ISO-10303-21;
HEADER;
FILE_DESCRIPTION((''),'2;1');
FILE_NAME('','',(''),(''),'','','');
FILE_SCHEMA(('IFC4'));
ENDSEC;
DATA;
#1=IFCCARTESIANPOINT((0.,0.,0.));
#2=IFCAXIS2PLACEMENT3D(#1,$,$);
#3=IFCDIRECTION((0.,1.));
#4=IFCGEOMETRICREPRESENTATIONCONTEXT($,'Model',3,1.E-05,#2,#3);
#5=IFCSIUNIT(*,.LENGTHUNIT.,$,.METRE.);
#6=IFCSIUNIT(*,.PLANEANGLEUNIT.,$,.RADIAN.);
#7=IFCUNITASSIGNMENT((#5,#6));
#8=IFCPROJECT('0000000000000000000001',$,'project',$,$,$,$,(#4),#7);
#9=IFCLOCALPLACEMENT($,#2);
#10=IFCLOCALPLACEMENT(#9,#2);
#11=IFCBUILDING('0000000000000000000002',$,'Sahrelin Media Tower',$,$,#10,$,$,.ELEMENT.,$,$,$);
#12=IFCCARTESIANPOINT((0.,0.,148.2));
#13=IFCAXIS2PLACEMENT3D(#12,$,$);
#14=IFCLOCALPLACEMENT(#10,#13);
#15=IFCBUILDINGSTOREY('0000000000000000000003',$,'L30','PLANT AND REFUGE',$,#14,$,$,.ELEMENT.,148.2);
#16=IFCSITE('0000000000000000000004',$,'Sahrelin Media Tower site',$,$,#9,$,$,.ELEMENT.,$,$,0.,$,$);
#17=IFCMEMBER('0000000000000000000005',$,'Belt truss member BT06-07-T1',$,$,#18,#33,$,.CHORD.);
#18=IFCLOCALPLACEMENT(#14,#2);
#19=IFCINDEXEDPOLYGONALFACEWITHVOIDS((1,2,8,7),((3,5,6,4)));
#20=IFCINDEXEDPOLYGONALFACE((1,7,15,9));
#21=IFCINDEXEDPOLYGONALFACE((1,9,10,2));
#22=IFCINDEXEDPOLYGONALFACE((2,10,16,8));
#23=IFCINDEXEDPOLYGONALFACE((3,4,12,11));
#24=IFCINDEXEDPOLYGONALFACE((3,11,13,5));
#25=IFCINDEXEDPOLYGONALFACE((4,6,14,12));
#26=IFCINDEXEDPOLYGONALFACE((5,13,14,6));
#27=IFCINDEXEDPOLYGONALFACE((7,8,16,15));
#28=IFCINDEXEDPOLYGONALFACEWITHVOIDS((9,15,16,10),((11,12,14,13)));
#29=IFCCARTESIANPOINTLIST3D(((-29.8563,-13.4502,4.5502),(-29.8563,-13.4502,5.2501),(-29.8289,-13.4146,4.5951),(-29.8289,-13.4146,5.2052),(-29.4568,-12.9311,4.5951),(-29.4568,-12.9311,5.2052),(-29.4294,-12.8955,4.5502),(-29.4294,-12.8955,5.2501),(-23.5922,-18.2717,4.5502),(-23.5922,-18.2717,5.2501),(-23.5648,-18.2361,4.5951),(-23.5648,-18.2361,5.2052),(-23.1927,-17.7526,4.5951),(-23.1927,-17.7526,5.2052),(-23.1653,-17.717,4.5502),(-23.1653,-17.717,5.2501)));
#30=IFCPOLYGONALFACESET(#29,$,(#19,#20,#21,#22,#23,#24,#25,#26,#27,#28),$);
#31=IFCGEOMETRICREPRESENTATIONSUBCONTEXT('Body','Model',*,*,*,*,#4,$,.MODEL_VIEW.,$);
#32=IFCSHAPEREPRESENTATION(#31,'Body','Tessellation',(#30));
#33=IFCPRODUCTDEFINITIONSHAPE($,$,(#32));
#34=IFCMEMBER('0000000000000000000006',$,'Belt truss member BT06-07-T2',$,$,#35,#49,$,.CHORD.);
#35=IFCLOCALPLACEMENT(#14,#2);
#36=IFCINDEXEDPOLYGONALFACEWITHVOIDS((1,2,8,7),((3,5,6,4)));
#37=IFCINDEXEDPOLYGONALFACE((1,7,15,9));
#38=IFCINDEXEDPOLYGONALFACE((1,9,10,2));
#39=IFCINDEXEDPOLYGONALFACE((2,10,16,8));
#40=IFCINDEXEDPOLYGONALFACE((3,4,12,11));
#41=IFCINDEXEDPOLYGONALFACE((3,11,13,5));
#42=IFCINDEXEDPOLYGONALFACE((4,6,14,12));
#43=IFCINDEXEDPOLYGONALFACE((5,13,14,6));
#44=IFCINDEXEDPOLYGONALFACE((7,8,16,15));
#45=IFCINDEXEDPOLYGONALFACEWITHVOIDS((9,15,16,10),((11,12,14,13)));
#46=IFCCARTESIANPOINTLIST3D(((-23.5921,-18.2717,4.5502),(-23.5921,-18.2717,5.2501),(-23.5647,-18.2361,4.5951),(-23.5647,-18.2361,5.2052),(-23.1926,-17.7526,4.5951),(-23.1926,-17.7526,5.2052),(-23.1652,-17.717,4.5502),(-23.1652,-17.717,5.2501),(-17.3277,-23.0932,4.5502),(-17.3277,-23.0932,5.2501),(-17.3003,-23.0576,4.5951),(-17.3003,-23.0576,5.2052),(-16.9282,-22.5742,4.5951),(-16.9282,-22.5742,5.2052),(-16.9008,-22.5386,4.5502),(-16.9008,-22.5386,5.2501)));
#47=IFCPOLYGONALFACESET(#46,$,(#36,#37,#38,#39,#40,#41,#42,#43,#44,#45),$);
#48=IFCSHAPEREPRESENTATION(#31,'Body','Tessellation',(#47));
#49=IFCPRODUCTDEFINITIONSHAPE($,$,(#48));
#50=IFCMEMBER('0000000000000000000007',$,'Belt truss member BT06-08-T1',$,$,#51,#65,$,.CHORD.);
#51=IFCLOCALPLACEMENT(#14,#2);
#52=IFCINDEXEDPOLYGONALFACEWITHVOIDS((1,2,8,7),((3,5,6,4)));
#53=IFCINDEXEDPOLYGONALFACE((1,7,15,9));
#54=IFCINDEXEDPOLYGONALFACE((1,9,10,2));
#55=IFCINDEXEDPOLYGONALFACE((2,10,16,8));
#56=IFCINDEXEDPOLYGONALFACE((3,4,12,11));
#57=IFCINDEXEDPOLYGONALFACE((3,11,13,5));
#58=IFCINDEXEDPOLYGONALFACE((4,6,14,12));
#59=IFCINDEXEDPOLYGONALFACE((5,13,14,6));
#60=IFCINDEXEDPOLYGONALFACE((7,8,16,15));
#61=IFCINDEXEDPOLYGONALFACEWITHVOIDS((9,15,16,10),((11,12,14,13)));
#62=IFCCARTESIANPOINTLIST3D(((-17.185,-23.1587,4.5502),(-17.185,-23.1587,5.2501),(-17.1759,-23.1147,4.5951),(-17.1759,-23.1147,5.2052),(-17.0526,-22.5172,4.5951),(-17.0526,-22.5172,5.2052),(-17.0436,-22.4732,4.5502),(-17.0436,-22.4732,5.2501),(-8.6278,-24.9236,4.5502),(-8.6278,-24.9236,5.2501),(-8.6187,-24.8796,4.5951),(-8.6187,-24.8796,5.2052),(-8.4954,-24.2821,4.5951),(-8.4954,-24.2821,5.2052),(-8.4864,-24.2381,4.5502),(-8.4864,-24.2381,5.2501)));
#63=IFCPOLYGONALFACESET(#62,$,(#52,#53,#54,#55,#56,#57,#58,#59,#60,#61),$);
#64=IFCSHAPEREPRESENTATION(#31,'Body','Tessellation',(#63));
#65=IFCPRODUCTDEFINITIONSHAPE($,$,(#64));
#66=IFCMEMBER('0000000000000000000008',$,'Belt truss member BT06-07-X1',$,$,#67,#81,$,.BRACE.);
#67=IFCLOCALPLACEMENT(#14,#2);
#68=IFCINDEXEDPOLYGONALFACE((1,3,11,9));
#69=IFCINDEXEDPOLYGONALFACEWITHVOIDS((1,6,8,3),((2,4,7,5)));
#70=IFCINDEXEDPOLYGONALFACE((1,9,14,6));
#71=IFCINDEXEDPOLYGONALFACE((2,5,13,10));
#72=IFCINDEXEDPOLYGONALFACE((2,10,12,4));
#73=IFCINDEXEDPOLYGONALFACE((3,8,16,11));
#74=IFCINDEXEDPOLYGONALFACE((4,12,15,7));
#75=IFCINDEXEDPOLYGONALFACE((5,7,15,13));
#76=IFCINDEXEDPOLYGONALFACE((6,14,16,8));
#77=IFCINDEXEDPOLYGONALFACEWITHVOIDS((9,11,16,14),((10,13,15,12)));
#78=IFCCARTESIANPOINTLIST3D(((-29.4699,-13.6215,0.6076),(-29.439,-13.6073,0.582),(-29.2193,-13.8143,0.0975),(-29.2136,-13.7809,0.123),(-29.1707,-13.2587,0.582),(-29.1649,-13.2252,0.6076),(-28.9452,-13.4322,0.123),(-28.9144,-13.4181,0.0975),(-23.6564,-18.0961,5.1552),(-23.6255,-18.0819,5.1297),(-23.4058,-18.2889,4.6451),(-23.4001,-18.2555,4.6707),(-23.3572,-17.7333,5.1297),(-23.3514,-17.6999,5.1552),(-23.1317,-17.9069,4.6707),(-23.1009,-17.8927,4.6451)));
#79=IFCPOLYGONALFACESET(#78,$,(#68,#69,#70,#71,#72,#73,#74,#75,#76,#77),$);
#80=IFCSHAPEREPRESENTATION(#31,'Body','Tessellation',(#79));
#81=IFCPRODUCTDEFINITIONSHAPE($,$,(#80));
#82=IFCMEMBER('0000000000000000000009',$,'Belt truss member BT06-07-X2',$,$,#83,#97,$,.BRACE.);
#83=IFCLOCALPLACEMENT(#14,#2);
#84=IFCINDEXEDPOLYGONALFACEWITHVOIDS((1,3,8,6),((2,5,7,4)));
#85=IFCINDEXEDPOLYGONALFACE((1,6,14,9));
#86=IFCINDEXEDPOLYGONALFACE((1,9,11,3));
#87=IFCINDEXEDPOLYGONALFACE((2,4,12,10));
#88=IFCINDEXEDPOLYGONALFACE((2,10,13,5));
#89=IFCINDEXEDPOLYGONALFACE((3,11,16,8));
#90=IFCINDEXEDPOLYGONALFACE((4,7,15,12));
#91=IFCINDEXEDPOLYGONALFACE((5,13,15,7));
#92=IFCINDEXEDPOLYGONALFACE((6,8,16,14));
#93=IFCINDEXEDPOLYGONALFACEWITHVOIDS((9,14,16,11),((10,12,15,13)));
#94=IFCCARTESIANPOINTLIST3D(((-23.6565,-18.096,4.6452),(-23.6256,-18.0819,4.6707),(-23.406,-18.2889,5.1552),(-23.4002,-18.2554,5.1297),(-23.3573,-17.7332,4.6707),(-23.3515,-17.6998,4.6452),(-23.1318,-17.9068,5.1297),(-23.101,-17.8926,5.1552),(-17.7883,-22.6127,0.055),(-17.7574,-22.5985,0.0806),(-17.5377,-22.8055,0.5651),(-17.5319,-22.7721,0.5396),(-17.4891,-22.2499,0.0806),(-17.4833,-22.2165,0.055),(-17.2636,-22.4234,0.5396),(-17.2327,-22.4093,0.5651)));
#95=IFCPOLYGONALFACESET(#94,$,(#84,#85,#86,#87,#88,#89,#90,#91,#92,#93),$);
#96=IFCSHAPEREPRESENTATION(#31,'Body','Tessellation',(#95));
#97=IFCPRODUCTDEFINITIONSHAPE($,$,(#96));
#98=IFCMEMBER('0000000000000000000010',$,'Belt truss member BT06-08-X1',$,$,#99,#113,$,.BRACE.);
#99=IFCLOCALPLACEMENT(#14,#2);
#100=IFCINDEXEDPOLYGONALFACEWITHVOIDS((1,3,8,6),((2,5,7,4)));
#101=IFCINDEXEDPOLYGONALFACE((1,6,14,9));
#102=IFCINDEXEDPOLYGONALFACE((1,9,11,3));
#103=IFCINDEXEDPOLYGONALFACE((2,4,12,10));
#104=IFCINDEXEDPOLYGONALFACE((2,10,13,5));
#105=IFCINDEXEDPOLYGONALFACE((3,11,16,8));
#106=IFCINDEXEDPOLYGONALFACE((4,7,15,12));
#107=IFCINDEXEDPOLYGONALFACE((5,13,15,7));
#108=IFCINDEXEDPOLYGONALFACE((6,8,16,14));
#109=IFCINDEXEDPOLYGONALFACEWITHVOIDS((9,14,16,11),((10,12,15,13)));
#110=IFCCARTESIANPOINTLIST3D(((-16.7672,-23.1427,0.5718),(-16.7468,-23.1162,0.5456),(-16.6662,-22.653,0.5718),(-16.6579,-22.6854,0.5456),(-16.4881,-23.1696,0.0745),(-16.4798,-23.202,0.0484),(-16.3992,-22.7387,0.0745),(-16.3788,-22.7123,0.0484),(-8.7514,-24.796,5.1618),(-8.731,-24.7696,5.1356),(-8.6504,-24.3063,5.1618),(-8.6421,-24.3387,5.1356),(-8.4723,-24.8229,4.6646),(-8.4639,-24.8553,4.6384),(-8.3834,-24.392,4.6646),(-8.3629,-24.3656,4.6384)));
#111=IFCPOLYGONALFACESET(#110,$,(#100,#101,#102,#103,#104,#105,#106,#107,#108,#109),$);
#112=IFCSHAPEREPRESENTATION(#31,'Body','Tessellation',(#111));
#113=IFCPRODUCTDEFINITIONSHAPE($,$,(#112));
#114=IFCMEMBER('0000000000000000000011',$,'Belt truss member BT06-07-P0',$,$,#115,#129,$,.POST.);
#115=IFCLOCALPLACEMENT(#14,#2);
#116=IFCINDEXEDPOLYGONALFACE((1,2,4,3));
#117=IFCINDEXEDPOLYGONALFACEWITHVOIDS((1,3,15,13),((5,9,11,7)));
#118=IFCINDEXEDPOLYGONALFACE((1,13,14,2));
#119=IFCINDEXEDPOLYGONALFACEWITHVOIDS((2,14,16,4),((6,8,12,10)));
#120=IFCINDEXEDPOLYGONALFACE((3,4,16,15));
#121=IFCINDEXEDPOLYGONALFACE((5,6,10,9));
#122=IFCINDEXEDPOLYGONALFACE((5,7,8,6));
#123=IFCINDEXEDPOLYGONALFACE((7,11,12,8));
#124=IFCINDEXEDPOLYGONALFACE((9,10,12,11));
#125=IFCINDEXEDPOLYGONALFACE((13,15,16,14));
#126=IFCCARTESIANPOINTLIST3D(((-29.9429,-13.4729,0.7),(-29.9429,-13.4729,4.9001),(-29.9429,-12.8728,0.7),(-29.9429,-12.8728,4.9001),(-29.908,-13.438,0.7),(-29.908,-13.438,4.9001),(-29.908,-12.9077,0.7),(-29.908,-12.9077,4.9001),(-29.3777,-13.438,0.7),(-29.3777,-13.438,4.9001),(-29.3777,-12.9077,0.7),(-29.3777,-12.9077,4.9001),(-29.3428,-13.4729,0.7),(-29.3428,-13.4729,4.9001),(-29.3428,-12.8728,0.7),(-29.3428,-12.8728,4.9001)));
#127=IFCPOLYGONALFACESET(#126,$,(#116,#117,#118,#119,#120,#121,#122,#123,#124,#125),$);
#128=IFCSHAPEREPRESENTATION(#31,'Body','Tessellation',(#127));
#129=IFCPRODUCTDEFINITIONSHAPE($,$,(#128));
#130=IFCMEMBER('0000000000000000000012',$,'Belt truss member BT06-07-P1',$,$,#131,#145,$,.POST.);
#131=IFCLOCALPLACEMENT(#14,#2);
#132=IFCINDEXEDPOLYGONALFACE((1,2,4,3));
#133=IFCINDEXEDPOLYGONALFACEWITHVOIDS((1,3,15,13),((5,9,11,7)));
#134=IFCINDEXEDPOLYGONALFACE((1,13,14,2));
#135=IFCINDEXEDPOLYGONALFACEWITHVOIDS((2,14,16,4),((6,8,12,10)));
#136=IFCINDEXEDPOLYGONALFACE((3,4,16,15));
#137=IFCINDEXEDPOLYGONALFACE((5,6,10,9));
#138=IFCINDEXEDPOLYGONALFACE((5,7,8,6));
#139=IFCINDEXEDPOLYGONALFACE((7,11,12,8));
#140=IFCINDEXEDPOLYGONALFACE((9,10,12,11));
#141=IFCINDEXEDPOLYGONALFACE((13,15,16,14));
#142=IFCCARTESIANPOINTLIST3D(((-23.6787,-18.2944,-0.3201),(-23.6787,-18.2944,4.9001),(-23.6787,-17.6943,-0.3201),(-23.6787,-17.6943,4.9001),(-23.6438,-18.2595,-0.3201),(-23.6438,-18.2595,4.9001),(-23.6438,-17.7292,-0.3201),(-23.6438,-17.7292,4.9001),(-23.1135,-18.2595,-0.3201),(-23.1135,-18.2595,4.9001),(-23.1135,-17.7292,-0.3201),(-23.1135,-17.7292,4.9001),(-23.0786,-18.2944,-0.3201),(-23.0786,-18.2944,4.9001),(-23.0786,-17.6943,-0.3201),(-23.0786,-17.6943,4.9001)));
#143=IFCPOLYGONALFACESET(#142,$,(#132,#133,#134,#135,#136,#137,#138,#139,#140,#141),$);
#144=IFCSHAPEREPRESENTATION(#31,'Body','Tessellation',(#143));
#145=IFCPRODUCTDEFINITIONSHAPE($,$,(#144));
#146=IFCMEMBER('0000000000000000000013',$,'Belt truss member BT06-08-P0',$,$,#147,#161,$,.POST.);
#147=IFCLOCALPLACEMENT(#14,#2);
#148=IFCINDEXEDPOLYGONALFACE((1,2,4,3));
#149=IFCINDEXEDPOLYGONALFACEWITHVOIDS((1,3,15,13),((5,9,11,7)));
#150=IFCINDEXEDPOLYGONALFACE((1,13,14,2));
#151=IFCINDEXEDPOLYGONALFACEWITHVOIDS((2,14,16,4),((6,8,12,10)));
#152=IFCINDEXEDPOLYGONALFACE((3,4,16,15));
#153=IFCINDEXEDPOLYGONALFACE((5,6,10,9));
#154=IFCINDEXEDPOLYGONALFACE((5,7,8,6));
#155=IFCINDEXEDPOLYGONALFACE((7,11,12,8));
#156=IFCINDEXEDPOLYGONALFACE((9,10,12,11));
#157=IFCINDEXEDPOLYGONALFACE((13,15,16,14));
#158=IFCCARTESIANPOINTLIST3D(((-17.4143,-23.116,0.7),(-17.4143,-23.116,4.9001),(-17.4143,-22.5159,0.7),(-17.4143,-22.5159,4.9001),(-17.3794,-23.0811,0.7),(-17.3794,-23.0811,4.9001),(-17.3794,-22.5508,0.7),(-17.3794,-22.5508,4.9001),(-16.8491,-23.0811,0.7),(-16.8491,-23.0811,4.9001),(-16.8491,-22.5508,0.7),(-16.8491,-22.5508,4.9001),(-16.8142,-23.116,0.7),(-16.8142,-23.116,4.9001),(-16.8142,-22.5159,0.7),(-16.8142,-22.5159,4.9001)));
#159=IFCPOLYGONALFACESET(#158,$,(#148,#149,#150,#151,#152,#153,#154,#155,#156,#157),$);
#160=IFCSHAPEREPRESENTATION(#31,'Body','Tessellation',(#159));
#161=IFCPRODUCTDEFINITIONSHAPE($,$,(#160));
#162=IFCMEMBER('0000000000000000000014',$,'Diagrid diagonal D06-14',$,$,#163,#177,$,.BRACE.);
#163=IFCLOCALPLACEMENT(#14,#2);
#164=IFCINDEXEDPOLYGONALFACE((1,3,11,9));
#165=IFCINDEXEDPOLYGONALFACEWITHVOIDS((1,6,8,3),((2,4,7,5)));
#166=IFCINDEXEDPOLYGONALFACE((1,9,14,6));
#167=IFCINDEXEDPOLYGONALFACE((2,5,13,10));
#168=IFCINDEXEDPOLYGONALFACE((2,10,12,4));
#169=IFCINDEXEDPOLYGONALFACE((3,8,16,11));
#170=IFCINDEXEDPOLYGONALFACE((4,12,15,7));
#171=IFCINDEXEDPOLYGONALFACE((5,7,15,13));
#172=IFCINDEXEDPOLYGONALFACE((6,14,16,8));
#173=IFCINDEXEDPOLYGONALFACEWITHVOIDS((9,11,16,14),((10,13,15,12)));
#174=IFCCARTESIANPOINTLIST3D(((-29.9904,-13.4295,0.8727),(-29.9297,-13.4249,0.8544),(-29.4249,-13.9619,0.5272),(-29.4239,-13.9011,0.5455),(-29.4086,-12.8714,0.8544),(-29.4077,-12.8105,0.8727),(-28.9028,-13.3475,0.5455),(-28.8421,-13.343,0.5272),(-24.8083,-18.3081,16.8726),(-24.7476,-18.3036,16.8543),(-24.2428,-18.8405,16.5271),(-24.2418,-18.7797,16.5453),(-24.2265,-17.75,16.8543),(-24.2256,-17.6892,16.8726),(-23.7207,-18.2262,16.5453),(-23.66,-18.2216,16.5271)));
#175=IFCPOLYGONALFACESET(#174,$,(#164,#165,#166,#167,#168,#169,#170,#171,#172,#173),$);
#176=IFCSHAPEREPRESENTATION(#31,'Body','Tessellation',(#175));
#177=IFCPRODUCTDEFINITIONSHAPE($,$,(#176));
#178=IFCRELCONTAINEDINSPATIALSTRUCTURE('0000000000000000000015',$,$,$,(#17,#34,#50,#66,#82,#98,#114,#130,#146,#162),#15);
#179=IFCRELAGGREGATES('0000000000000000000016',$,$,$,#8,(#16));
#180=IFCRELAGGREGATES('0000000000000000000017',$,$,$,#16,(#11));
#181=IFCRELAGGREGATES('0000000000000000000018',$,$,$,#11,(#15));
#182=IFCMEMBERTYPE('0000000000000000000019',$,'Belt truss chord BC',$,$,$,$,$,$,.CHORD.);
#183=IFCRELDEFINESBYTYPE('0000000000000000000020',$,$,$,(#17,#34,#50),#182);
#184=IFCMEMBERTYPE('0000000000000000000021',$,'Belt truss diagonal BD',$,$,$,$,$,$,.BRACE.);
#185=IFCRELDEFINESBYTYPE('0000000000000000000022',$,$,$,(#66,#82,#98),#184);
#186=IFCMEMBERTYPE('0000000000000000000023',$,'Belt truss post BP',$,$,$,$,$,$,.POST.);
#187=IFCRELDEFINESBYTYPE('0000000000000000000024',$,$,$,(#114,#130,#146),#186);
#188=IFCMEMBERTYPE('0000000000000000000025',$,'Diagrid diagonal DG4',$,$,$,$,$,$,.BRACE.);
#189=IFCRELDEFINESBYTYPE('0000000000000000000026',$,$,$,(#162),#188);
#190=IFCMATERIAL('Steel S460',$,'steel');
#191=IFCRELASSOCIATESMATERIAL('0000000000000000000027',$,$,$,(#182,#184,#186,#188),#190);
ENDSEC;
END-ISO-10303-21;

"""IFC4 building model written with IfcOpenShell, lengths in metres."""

from ifc_helpers import new_model, si_unit, direction, frame, origin, origin_2d, place, context, subcontext, project, spatial, hollow_rectangle, extrude, material, material_profile, profile_set, type_object, element, save


model = new_model("IFC4")

# Units and contexts
model_context = context("Model", 3, precision=1e-05, world=origin(), true_north=direction((0.0, 1.0)))
body_context = subcontext(model_context, "Body", "Model", "MODEL_VIEW")
ifc_project = project(units=[si_unit("LENGTHUNIT", "METRE"), si_unit("PLANEANGLEUNIT", "RADIAN")], contexts=[model_context])

# Site, building, storey
site_placement = place(None, origin())
site = spatial("IfcSite", under=ifc_project, at=site_placement, Name="Sahrelin Media Tower site", CompositionType="ELEMENT", RefElevation=0.0)
building_placement = place(site_placement, origin())
building = spatial("IfcBuilding", under=site, at=building_placement, Name="Sahrelin Media Tower", CompositionType="ELEMENT")
storey_placement = place(building_placement, frame((0.0, 0.0, 148.2)))
storey = spatial("IfcBuildingStorey", under=building, at=storey_placement, Name="L30", Description="PLANT AND REFUGE", CompositionType="ELEMENT", Elevation=148.2)

# Members
ifc_material_1 = material(Name="Steel S460", Category="steel")
ifc_material_profile_1 = material_profile(ifc_material_1, hollow_rectangle(XDim=0.7, YDim=0.7, WallThickness=0.0449, at=origin_2d()), Name="Belt truss chord BC")
ifc_profile_set_1 = profile_set([ifc_material_profile_1], Name="Steel S460")
member_type_1 = type_object("IfcMemberType", Name="Belt truss chord BC", PredefinedType="CHORD", material=ifc_profile_set_1)
member_1_placement = place(storey_placement, frame((-29.6428, -13.1729, 4.9001), z_axis=(0.792444, -0.609945, 0.0), x_axis=(0.609945, 0.792444, 0.0)))
element("IfcMember", 1, at=member_1_placement, inside=storey, type_object=member_type_1, Name="Belt truss member BT06-07-T1", PredefinedType="CHORD", context=body_context, shape_type="SweptSolid", body=[
    extrude(hollow_rectangle(XDim=0.7, YDim=0.7, WallThickness=0.0449, at=origin_2d()), origin(), (0.0, 0.0, 1.0), 7.9048),
])
member_2_placement = place(storey_placement, frame((-23.3787, -17.9944, 4.9001), z_axis=(0.792455, -0.60993, 0.0), x_axis=(0.60993, 0.792455, 0.0)))
element("IfcMember", 2, at=member_2_placement, inside=storey, type_object=member_type_1, Name="Belt truss member BT06-07-T2", PredefinedType="CHORD", context=body_context, shape_type="SweptSolid", body=[
    extrude(hollow_rectangle(XDim=0.7, YDim=0.7, WallThickness=0.0449, at=origin_2d()), origin(), (0.0, 0.0, 1.0), 7.905),
])
member_3_placement = place(storey_placement, frame((-17.1143, -22.8159, 4.9001), z_axis=(0.979386, -0.201997, 0.0), x_axis=(0.201997, 0.979386, 0.0)))
element("IfcMember", 3, at=member_3_placement, inside=storey, type_object=member_type_1, Name="Belt truss member BT06-08-T1", PredefinedType="CHORD", context=body_context, shape_type="SweptSolid", body=[
    extrude(hollow_rectangle(XDim=0.7, YDim=0.7, WallThickness=0.0449, at=origin_2d()), origin(), (0.0, 0.0, 1.0), 8.7373),
])
ifc_material_profile_2 = material_profile(ifc_material_1, hollow_rectangle(XDim=0.5, YDim=0.6001, WallThickness=0.03, at=origin_2d()), Name="Belt truss diagonal BD")
ifc_profile_set_2 = profile_set([ifc_material_profile_2], Name="Steel S460")
member_type_2 = type_object("IfcMemberType", Name="Belt truss diagonal BD", PredefinedType="BRACE", material=ifc_profile_set_2)
member_4_placement = place(storey_placement, frame((-29.1921, -13.5198, 0.3525), z_axis=(0.673534, -0.518417, 0.526874), x_axis=(0.609942, 0.792446, 0.0)))
element("IfcMember", 4, at=member_4_placement, inside=storey, type_object=member_type_2, Name="Belt truss member BT06-07-X1", PredefinedType="BRACE", context=body_context, shape_type="SweptSolid", body=[
    extrude(hollow_rectangle(XDim=0.5, YDim=0.6001, WallThickness=0.03, at=origin_2d()), origin(), (0.0, 0.0, 1.0), 8.6313),
])
member_5_placement = place(storey_placement, frame((-17.5105, -22.511, 0.3101), z_axis=(-0.67355, 0.518417, 0.526852), x_axis=(-0.609934, -0.792452, 0.0)))
element("IfcMember", 5, at=member_5_placement, inside=storey, type_object=member_type_2, Name="Belt truss member BT06-07-X2", PredefinedType="BRACE", context=body_context, shape_type="SweptSolid", body=[
    extrude(hollow_rectangle(XDim=0.5, YDim=0.6001, WallThickness=0.03, at=origin_2d()), origin(), (0.0, 0.0, 1.0), 8.7124),
])
member_6_placement = place(storey_placement, frame((-16.573, -22.9275, 0.3101), z_axis=(0.85422, -0.176188, 0.489148), x_axis=(0.202004, 0.979385, 0.0)))
element("IfcMember", 6, at=member_6_placement, inside=storey, type_object=member_type_2, Name="Belt truss member BT06-08-X1", PredefinedType="BRACE", context=body_context, shape_type="SweptSolid", body=[
    extrude(hollow_rectangle(XDim=0.5, YDim=0.6001, WallThickness=0.03, at=origin_2d()), origin(), (0.0, 0.0, 1.0), 9.3838),
])
ifc_material_profile_3 = material_profile(ifc_material_1, hollow_rectangle(XDim=0.6001, YDim=0.6001, WallThickness=0.0349, at=origin_2d()), Name="Belt truss post BP")
ifc_profile_set_3 = profile_set([ifc_material_profile_3], Name="Steel S460")
member_type_3 = type_object("IfcMemberType", Name="Belt truss post BP", PredefinedType="POST", material=ifc_profile_set_3)
member_7_placement = place(storey_placement, frame((-29.6428, -13.1729, 0.7), z_axis=(0.0, 0.0, 1.0), x_axis=(1.0, 0.0, 0.0)))
element("IfcMember", 7, at=member_7_placement, inside=storey, type_object=member_type_3, Name="Belt truss member BT06-07-P0", PredefinedType="POST", context=body_context, shape_type="SweptSolid", body=[
    extrude(hollow_rectangle(XDim=0.6001, YDim=0.6001, WallThickness=0.0349, at=origin_2d()), origin(), (0.0, 0.0, 1.0), 4.2002),
])
member_8_placement = place(storey_placement, frame((-23.3787, -17.9944, -0.3201), z_axis=(0.0, 0.0, 1.0), x_axis=(1.0, 0.0, 0.0)))
element("IfcMember", 8, at=member_8_placement, inside=storey, type_object=member_type_3, Name="Belt truss member BT06-07-P1", PredefinedType="POST", context=body_context, shape_type="SweptSolid", body=[
    extrude(hollow_rectangle(XDim=0.6001, YDim=0.6001, WallThickness=0.0349, at=origin_2d()), origin(), (0.0, 0.0, 1.0), 5.2202),
])
member_9_placement = place(storey_placement, frame((-17.1143, -22.8159, 0.7), z_axis=(0.0, 0.0, 1.0), x_axis=(1.0, 0.0, 0.0)))
element("IfcMember", 9, at=member_9_placement, inside=storey, type_object=member_type_3, Name="Belt truss member BT06-08-P0", PredefinedType="POST", context=body_context, shape_type="SweptSolid", body=[
    extrude(hollow_rectangle(XDim=0.6001, YDim=0.6001, WallThickness=0.0349, at=origin_2d()), origin(), (0.0, 0.0, 1.0), 4.2002),
])
ifc_material_profile_4 = material_profile(ifc_material_1, hollow_rectangle(XDim=0.8501, YDim=0.8501, WallThickness=0.0449, at=origin_2d()), Name="Diagrid diagonal DG4")
ifc_profile_set_4 = profile_set([ifc_material_profile_4], Name="Steel S460")
member_type_4 = type_object("IfcMemberType", Name="Diagrid diagonal DG4", PredefinedType="BRACE", material=ifc_profile_set_4)
member_10_placement = place(storey_placement, frame((-29.4163, -13.3862, 0.7), z_axis=(0.295926, -0.278596, 0.913681), x_axis=(0.685466, 0.728104, 0.0)))
element("IfcMember", 10, at=member_10_placement, inside=storey, type_object=member_type_4, Name="Diagrid diagonal D06-14", PredefinedType="BRACE", context=body_context, shape_type="SweptSolid", body=[
    extrude(hollow_rectangle(XDim=0.8501, YDim=0.8501, WallThickness=0.0449, at=origin_2d()), origin(), (0.0, 0.0, 1.0), 17.5115),
])

save(model, "model.ifc")
